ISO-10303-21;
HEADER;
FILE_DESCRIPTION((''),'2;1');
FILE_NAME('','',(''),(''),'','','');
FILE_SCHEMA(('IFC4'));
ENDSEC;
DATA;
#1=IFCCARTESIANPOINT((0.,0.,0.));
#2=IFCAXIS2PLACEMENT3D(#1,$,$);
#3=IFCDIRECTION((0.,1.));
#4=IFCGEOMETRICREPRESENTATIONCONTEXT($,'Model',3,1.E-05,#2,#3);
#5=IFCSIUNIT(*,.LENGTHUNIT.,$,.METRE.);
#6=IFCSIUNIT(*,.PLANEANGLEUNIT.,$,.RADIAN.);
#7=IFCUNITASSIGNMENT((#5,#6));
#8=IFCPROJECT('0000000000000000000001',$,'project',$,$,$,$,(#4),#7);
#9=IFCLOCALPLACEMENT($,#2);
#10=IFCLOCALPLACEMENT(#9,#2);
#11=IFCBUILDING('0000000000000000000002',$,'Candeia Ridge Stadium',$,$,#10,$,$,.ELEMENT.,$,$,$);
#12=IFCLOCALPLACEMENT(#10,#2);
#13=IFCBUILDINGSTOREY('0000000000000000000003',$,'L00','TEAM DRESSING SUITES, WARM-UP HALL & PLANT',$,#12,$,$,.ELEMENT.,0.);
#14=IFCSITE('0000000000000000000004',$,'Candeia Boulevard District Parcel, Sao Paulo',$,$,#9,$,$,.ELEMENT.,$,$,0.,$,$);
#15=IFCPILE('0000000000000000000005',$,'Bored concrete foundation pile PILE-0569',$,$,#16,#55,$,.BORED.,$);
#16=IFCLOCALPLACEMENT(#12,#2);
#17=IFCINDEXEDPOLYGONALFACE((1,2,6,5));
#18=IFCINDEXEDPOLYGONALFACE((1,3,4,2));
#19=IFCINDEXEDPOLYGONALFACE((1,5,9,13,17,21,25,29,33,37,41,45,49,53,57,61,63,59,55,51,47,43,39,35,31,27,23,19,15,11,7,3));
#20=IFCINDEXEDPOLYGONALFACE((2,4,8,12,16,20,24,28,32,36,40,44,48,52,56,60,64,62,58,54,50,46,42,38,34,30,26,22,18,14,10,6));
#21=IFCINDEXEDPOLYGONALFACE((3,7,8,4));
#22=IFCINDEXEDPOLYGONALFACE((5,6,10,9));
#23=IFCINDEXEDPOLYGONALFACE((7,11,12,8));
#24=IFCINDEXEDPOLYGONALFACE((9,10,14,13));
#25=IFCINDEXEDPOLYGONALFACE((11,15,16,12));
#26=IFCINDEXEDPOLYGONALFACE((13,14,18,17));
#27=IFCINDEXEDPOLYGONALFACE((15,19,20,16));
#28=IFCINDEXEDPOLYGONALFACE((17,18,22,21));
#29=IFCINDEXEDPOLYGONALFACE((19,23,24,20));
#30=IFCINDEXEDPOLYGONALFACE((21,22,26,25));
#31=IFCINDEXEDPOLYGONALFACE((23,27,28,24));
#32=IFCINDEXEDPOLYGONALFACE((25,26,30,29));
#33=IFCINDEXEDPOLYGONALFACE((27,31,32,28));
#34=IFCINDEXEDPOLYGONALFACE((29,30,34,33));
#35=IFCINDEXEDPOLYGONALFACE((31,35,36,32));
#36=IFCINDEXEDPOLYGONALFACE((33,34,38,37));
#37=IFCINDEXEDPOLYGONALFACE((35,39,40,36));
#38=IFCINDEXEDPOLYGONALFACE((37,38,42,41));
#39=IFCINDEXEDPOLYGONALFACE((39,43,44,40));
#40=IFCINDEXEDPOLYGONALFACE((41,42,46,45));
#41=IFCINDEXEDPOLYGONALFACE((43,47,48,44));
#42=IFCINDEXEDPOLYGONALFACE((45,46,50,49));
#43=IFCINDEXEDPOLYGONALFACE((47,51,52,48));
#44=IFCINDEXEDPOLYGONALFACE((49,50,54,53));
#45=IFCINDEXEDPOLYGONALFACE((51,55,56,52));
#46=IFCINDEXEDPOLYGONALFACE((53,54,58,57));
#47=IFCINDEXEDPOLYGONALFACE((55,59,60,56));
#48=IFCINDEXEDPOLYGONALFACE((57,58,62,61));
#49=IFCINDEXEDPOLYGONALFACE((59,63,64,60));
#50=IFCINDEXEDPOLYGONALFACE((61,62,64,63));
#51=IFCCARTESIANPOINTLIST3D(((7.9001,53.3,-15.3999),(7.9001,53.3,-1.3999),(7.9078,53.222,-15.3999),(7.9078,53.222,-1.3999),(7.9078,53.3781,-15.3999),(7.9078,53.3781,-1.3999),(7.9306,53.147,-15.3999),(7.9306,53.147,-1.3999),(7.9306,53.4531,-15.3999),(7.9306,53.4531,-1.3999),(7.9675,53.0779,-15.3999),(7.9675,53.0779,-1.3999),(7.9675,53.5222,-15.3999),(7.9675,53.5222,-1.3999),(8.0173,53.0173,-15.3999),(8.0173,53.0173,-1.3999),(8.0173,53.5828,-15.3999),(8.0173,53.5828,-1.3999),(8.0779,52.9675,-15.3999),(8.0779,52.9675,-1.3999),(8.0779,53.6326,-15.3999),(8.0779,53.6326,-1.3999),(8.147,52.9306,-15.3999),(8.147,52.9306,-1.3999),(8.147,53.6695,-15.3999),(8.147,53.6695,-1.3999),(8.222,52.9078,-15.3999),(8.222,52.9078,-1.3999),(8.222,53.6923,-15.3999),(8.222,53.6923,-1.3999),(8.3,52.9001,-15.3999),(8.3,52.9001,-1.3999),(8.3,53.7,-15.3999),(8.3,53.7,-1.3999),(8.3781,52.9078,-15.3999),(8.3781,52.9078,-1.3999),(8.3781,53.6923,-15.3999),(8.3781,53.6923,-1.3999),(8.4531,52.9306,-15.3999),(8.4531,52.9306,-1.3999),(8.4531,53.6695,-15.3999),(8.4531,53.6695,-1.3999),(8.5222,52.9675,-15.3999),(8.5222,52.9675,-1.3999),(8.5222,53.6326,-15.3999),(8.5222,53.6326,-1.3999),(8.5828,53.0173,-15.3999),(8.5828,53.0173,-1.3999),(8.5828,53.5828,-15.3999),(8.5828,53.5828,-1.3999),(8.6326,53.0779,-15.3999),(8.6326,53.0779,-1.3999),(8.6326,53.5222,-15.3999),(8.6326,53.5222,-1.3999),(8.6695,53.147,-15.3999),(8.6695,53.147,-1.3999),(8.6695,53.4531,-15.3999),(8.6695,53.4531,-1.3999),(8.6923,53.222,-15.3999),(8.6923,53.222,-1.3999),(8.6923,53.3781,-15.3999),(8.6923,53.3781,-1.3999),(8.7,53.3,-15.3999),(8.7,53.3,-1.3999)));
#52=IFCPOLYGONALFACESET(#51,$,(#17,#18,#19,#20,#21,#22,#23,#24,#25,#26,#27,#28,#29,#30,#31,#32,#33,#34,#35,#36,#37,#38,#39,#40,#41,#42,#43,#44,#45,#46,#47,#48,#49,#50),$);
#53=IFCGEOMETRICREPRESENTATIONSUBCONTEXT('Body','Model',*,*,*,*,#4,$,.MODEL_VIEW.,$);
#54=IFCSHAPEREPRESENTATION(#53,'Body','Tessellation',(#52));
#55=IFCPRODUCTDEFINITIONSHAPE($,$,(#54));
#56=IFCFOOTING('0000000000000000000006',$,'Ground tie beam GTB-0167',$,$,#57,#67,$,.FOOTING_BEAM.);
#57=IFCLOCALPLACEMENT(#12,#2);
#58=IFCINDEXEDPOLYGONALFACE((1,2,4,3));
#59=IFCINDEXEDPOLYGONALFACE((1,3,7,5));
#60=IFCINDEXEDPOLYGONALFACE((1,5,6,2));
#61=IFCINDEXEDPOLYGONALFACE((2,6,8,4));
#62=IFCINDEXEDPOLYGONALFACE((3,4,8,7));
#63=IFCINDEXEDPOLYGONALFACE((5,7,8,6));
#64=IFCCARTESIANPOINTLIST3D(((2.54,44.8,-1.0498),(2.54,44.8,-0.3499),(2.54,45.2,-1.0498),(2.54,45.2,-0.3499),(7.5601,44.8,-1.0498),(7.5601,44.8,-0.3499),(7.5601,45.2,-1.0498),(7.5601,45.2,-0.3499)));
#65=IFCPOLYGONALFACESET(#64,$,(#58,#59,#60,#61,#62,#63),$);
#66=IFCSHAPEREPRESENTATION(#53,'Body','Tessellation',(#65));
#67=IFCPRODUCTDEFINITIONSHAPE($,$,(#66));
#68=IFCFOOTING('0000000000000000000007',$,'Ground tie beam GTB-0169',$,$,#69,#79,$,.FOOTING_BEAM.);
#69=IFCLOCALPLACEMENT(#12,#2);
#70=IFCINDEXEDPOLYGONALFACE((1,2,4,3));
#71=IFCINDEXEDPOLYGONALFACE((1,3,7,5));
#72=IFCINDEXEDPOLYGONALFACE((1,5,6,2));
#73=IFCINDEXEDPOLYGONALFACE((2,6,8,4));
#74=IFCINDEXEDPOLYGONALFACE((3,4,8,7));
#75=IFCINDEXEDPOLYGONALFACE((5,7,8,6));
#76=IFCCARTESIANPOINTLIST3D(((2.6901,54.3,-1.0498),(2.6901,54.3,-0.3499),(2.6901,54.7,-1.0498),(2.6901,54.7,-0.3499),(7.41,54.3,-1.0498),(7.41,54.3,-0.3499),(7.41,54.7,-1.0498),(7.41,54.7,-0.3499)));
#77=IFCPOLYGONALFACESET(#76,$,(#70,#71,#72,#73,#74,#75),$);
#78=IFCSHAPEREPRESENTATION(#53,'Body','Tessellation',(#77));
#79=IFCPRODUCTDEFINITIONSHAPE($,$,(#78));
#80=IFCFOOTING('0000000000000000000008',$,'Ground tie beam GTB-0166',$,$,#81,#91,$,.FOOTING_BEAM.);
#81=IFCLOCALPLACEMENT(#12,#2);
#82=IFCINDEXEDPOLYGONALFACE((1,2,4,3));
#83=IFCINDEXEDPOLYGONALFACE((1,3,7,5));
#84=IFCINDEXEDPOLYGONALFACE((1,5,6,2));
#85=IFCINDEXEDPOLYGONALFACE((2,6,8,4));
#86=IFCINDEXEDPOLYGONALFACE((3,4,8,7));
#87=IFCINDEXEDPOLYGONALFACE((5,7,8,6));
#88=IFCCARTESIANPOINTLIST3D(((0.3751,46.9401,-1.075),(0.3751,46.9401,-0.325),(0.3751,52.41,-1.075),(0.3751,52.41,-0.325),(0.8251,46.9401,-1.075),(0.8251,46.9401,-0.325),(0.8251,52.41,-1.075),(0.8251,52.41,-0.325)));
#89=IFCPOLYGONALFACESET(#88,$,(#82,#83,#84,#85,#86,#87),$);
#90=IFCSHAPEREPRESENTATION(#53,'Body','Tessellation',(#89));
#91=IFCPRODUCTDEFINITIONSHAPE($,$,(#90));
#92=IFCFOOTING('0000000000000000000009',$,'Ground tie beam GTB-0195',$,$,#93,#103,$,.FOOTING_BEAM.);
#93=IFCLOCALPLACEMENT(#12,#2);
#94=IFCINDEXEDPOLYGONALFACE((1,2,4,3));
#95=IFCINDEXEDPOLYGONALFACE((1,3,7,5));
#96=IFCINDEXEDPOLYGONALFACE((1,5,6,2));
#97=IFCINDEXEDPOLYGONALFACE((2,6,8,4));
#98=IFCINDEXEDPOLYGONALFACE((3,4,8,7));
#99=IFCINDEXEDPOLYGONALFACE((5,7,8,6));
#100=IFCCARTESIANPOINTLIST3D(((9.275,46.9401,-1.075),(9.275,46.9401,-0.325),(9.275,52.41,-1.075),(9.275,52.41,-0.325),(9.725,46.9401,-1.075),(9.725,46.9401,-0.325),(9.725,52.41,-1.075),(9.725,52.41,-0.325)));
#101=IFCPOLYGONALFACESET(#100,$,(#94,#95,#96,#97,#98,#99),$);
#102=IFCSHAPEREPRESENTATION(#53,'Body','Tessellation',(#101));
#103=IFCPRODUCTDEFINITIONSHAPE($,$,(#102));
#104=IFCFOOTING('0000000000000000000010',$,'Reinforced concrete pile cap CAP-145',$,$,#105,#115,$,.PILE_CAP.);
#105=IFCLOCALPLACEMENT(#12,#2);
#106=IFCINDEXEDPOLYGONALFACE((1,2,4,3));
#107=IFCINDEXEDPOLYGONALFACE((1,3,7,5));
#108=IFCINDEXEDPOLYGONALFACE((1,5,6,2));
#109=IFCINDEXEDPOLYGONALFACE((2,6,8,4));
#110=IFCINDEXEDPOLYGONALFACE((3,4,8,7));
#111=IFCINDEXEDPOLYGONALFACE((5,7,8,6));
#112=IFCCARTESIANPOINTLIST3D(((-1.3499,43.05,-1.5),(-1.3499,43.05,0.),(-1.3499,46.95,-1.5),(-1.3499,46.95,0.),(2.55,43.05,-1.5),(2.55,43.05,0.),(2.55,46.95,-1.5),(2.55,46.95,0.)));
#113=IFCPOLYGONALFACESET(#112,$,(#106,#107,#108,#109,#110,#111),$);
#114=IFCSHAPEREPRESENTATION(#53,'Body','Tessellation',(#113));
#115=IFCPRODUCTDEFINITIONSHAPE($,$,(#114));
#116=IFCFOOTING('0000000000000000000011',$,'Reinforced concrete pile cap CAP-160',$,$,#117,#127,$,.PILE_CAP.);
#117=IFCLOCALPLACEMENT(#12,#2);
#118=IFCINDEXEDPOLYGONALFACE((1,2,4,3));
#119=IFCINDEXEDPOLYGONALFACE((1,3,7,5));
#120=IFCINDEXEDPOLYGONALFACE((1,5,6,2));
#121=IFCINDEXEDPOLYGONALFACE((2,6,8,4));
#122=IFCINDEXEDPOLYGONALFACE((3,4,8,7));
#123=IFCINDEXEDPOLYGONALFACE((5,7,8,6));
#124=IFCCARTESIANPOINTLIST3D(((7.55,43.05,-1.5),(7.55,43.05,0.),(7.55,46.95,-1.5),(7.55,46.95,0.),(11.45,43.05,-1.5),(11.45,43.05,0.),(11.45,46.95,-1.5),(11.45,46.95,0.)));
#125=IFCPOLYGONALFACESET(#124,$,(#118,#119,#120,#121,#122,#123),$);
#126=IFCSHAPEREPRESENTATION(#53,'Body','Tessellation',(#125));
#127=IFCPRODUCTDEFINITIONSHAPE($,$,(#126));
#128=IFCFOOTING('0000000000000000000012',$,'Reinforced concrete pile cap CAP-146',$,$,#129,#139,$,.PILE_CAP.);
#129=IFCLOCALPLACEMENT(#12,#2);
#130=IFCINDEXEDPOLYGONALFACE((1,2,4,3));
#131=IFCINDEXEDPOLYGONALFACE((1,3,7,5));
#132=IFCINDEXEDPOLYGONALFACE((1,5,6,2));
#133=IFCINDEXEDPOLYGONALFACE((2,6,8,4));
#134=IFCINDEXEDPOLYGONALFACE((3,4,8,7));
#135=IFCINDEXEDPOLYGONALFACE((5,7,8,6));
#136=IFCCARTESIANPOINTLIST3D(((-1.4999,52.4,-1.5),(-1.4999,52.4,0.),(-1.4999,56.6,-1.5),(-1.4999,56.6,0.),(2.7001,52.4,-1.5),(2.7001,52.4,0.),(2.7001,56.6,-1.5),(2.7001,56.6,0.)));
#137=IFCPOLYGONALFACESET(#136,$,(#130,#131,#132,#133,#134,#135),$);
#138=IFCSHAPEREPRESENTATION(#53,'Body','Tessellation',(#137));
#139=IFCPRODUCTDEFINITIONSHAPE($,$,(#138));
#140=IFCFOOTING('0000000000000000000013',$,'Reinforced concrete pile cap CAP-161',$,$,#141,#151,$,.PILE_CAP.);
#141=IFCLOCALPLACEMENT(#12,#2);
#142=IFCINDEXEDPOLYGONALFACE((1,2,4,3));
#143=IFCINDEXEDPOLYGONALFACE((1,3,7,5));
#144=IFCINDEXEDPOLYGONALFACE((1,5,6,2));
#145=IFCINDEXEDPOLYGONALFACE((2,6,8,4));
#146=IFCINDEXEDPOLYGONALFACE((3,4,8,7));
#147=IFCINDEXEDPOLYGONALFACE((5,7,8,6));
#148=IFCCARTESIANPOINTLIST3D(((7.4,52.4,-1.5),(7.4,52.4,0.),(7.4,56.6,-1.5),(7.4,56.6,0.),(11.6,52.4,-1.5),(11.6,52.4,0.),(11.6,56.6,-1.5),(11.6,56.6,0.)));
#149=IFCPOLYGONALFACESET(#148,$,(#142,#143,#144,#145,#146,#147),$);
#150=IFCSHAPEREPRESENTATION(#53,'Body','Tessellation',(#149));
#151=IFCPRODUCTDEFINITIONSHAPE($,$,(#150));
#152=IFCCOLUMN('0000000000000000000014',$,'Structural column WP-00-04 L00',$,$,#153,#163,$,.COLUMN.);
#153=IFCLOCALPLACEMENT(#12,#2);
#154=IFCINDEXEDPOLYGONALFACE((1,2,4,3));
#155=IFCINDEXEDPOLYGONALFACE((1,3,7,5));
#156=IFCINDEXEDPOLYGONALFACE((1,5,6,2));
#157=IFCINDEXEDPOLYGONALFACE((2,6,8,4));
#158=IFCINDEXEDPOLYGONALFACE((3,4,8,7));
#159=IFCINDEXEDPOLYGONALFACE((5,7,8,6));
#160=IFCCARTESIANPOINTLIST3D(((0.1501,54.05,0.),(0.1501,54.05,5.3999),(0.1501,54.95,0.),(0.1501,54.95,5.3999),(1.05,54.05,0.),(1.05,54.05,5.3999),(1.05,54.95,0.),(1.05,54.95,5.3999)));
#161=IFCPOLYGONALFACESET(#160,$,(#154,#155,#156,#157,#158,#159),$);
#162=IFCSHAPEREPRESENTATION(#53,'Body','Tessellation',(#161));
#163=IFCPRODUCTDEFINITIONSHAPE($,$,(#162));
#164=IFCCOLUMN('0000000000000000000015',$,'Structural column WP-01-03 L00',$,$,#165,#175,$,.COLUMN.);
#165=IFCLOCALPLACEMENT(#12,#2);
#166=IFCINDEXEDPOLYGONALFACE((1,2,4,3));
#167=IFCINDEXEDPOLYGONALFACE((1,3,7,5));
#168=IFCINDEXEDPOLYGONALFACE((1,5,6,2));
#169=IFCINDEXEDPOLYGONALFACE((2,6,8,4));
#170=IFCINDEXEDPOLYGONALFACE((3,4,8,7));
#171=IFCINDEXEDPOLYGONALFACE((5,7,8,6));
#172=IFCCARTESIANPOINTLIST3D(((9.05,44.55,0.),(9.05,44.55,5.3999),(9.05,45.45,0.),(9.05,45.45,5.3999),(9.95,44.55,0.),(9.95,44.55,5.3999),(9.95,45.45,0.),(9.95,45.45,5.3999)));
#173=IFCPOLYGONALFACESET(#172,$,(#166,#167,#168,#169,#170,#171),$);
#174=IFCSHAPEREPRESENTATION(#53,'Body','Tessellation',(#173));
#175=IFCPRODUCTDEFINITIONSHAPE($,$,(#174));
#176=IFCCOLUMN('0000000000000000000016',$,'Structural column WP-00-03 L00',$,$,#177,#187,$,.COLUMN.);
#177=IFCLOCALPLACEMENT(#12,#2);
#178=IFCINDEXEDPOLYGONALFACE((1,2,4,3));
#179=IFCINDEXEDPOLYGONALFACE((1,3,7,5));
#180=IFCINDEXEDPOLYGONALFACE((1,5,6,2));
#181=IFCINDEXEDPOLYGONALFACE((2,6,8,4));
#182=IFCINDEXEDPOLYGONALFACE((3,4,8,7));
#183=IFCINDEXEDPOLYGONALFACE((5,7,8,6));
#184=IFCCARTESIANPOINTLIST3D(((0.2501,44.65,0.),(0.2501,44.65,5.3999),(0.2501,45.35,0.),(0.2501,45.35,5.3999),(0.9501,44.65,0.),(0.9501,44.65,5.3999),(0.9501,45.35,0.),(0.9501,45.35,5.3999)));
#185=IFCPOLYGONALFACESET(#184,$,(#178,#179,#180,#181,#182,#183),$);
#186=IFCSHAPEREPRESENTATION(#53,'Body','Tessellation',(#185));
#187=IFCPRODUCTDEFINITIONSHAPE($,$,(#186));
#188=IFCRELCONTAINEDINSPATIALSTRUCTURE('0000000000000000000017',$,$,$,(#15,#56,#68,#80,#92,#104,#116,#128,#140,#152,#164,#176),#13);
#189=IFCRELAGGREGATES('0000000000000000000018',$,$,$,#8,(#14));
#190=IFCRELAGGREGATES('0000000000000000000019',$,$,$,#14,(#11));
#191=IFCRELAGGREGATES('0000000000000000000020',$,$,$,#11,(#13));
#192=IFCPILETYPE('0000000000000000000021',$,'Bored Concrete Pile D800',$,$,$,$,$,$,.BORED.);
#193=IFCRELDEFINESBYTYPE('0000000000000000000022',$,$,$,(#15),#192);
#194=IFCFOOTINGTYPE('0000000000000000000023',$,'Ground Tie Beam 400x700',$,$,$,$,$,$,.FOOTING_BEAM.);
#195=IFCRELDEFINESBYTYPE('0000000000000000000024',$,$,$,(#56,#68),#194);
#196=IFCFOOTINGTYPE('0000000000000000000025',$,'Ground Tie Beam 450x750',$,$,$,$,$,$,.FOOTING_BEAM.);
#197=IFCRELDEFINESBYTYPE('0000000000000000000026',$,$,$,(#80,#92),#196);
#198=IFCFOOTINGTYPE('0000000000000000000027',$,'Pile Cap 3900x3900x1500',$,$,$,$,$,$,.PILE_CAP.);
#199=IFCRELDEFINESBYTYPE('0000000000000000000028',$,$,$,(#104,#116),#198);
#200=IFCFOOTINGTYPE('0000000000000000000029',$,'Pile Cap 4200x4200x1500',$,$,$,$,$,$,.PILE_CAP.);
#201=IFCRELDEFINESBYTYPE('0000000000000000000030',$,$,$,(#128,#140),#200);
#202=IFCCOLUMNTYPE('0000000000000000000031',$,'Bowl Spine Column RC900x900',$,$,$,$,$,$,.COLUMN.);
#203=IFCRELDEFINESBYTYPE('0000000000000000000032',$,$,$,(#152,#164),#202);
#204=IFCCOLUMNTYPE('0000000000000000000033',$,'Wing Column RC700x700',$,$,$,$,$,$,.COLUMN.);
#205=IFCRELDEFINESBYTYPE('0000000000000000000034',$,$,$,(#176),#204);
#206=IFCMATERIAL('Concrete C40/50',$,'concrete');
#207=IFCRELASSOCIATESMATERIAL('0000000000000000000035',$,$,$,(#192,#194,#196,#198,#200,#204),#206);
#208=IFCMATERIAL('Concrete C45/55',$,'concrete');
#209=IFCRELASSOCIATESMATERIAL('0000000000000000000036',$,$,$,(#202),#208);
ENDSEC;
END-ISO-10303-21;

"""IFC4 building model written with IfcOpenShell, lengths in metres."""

from ifc_helpers import new_model, si_unit, direction, frame, origin, origin_2d, place, context, subcontext, project, spatial, rectangle, circle, extrude, material, material_profile, profile_set, type_object, element, save


model = new_model("IFC4")

# Units and contexts
model_context = context("Model", 3, precision=1e-05, world=origin(), true_north=direction((0.0, 1.0)))
body_context = subcontext(model_context, "Body", "Model", "MODEL_VIEW")
ifc_project = project(units=[si_unit("LENGTHUNIT", "METRE"), si_unit("PLANEANGLEUNIT", "RADIAN")], contexts=[model_context])

# Site, building, storey
site_placement = place(None, origin())
site = spatial("IfcSite", under=ifc_project, at=site_placement, Name="Candeia Boulevard District Parcel, Sao Paulo", CompositionType="ELEMENT", RefElevation=0.0)
building_placement = place(site_placement, origin())
building = spatial("IfcBuilding", under=site, at=building_placement, Name="Candeia Ridge Stadium", CompositionType="ELEMENT")
storey_placement = place(building_placement, origin())
storey = spatial("IfcBuildingStorey", under=building, at=storey_placement, Name="L00", Description="TEAM DRESSING SUITES, WARM-UP HALL & PLANT", CompositionType="ELEMENT", Elevation=0.0)

# Pile
ifc_material_1 = material(Name="Concrete C40/50", Category="concrete")
ifc_material_profile_1 = material_profile(ifc_material_1, circle(Radius=0.3999, at=origin_2d()), Name="PILE-D800", Category="concrete")
ifc_profile_set_1 = profile_set([ifc_material_profile_1], Name="Concrete C40/50")
pile_type = type_object("IfcPileType", Name="Bored Concrete Pile D800", PredefinedType="BORED", material=ifc_profile_set_1)
for number, where, z_axis, x_axis, name in (
    (1, (8.3, 53.3, -1.3999), (0.0, 0.0, -1.0), (1.0, 0.0, 0.0), "Bored concrete foundation pile PILE-0569"),
):
    element("IfcPile", number, at=place(storey_placement, frame(where, z_axis=z_axis, x_axis=x_axis)), inside=storey, type_object=pile_type, Name=name, PredefinedType="BORED", context=body_context, shape_type="SweptSolid", body=[
        extrude(circle(Radius=0.3999, at=origin_2d()), origin(), (0.0, 0.0, 1.0), 14.0),
    ])

# Footings
footing_type_1 = type_object("IfcFootingType", Name="Ground Tie Beam 400x700", PredefinedType="FOOTING_BEAM", material=ifc_material_1)
footing_1_placement = place(storey_placement, frame((5.05, 45.0, -1.0498), z_axis=(0.0, 0.0, 1.0), x_axis=(1.0, 0.0, 0.0)))
element("IfcFooting", 2, at=footing_1_placement, inside=storey, type_object=footing_type_1, Name="Ground tie beam GTB-0167", PredefinedType="FOOTING_BEAM", context=body_context, shape_type="SweptSolid", body=[
    extrude(rectangle(XDim=5.02, YDim=0.3999, at=origin_2d()), origin(), (0.0, 0.0, 1.0), 0.7),
])
footing_2_placement = place(storey_placement, frame((5.05, 54.5, -1.0498), z_axis=(0.0, 0.0, 1.0), x_axis=(1.0, 0.0, 0.0)))
element("IfcFooting", 3, at=footing_2_placement, inside=storey, type_object=footing_type_1, Name="Ground tie beam GTB-0169", PredefinedType="FOOTING_BEAM", context=body_context, shape_type="SweptSolid", body=[
    extrude(rectangle(XDim=4.72, YDim=0.3999, at=origin_2d()), origin(), (0.0, 0.0, 1.0), 0.7),
])
footing_type_2 = type_object("IfcFootingType", Name="Ground Tie Beam 450x750", PredefinedType="FOOTING_BEAM", material=ifc_material_1)
for number, where, z_axis, x_axis, name in (
    (4, (0.6001, 49.675, -1.075), (0.0, 0.0, 1.0), (0.0, 1.0, 0.0), "Ground tie beam GTB-0166"),
    (5, (9.5, 49.675, -1.075), (0.0, 0.0, 1.0), (0.0, 1.0, 0.0), "Ground tie beam GTB-0195"),
):
    element("IfcFooting", number, at=place(storey_placement, frame(where, z_axis=z_axis, x_axis=x_axis)), inside=storey, type_object=footing_type_2, Name=name, PredefinedType="FOOTING_BEAM", context=body_context, shape_type="SweptSolid", body=[
        extrude(rectangle(XDim=5.47, YDim=0.45, at=origin_2d()), origin(), (0.0, 0.0, 1.0), 0.75),
    ])
footing_type_3 = type_object("IfcFootingType", Name="Pile Cap 3900x3900x1500", PredefinedType="PILE_CAP", material=ifc_material_1)
for number, where, z_axis, x_axis, name in (
    (6, (0.6001, 45.0, -1.5), (0.0, 0.0, 1.0), (1.0, 0.0, 0.0), "Reinforced concrete pile cap CAP-145"),
    (7, (9.5, 45.0, -1.5), (0.0, 0.0, 1.0), (1.0, 0.0, 0.0), "Reinforced concrete pile cap CAP-160"),
):
    element("IfcFooting", number, at=place(storey_placement, frame(where, z_axis=z_axis, x_axis=x_axis)), inside=storey, type_object=footing_type_3, Name=name, PredefinedType="PILE_CAP", context=body_context, shape_type="SweptSolid", body=[
        extrude(rectangle(XDim=3.8999, YDim=3.8999, at=origin_2d()), origin(), (0.0, 0.0, 1.0), 1.5),
    ])
footing_type_4 = type_object("IfcFootingType", Name="Pile Cap 4200x4200x1500", PredefinedType="PILE_CAP", material=ifc_material_1)
for number, where, z_axis, x_axis, name in (
    (8, (0.6001, 54.5, -1.5), (0.0, 0.0, 1.0), (1.0, 0.0, 0.0), "Reinforced concrete pile cap CAP-146"),
    (9, (9.5, 54.5, -1.5), (0.0, 0.0, 1.0), (1.0, 0.0, 0.0), "Reinforced concrete pile cap CAP-161"),
):
    element("IfcFooting", number, at=place(storey_placement, frame(where, z_axis=z_axis, x_axis=x_axis)), inside=storey, type_object=footing_type_4, Name=name, PredefinedType="PILE_CAP", context=body_context, shape_type="SweptSolid", body=[
        extrude(rectangle(XDim=4.2, YDim=4.2, at=origin_2d()), origin(), (0.0, 0.0, 1.0), 1.5),
    ])

# Columns
ifc_material_2 = material(Name="Concrete C45/55", Category="concrete")
ifc_material_profile_2 = material_profile(ifc_material_2, rectangle(XDim=0.8999, YDim=0.8999, at=origin_2d()), Name="RC900x900", Category="concrete")
ifc_profile_set_2 = profile_set([ifc_material_profile_2], Name="Concrete C45/55")
column_type_1 = type_object("IfcColumnType", Name="Bowl Spine Column RC900x900", PredefinedType="COLUMN", material=ifc_profile_set_2)
for number, where, z_axis, x_axis, name in (
    (10, (0.6001, 54.5, 0.0), (0.0, 0.0, 1.0), (1.0, 0.0, 0.0), "Structural column WP-00-04 L00"),
    (11, (9.5, 45.0, 0.0), (0.0, 0.0, 1.0), (1.0, 0.0, 0.0), "Structural column WP-01-03 L00"),
):
    element("IfcColumn", number, at=place(storey_placement, frame(where, z_axis=z_axis, x_axis=x_axis)), inside=storey, type_object=column_type_1, Name=name, PredefinedType="COLUMN", context=body_context, shape_type="SweptSolid", body=[
        extrude(rectangle(XDim=0.8999, YDim=0.8999, at=origin_2d()), origin(), (0.0, 0.0, 1.0), 5.3999),
    ])
ifc_material_profile_3 = material_profile(ifc_material_1, rectangle(XDim=0.7, YDim=0.7, at=origin_2d()), Name="RC700x700", Category="concrete")
ifc_profile_set_3 = profile_set([ifc_material_profile_3], Name="Concrete C40/50")
column_type_2 = type_object("IfcColumnType", Name="Wing Column RC700x700", PredefinedType="COLUMN", material=ifc_profile_set_3)
column_placement = place(storey_placement, frame((0.6001, 45.0, 0.0), z_axis=(0.0, 0.0, 1.0), x_axis=(1.0, 0.0, 0.0)))
element("IfcColumn", 12, at=column_placement, inside=storey, type_object=column_type_2, Name="Structural column WP-00-03 L00", PredefinedType="COLUMN", context=body_context, shape_type="SweptSolid", body=[
    extrude(rectangle(XDim=0.7, YDim=0.7, at=origin_2d()), origin(), (0.0, 0.0, 1.0), 5.3999),
])

save(model, "model.ifc")
